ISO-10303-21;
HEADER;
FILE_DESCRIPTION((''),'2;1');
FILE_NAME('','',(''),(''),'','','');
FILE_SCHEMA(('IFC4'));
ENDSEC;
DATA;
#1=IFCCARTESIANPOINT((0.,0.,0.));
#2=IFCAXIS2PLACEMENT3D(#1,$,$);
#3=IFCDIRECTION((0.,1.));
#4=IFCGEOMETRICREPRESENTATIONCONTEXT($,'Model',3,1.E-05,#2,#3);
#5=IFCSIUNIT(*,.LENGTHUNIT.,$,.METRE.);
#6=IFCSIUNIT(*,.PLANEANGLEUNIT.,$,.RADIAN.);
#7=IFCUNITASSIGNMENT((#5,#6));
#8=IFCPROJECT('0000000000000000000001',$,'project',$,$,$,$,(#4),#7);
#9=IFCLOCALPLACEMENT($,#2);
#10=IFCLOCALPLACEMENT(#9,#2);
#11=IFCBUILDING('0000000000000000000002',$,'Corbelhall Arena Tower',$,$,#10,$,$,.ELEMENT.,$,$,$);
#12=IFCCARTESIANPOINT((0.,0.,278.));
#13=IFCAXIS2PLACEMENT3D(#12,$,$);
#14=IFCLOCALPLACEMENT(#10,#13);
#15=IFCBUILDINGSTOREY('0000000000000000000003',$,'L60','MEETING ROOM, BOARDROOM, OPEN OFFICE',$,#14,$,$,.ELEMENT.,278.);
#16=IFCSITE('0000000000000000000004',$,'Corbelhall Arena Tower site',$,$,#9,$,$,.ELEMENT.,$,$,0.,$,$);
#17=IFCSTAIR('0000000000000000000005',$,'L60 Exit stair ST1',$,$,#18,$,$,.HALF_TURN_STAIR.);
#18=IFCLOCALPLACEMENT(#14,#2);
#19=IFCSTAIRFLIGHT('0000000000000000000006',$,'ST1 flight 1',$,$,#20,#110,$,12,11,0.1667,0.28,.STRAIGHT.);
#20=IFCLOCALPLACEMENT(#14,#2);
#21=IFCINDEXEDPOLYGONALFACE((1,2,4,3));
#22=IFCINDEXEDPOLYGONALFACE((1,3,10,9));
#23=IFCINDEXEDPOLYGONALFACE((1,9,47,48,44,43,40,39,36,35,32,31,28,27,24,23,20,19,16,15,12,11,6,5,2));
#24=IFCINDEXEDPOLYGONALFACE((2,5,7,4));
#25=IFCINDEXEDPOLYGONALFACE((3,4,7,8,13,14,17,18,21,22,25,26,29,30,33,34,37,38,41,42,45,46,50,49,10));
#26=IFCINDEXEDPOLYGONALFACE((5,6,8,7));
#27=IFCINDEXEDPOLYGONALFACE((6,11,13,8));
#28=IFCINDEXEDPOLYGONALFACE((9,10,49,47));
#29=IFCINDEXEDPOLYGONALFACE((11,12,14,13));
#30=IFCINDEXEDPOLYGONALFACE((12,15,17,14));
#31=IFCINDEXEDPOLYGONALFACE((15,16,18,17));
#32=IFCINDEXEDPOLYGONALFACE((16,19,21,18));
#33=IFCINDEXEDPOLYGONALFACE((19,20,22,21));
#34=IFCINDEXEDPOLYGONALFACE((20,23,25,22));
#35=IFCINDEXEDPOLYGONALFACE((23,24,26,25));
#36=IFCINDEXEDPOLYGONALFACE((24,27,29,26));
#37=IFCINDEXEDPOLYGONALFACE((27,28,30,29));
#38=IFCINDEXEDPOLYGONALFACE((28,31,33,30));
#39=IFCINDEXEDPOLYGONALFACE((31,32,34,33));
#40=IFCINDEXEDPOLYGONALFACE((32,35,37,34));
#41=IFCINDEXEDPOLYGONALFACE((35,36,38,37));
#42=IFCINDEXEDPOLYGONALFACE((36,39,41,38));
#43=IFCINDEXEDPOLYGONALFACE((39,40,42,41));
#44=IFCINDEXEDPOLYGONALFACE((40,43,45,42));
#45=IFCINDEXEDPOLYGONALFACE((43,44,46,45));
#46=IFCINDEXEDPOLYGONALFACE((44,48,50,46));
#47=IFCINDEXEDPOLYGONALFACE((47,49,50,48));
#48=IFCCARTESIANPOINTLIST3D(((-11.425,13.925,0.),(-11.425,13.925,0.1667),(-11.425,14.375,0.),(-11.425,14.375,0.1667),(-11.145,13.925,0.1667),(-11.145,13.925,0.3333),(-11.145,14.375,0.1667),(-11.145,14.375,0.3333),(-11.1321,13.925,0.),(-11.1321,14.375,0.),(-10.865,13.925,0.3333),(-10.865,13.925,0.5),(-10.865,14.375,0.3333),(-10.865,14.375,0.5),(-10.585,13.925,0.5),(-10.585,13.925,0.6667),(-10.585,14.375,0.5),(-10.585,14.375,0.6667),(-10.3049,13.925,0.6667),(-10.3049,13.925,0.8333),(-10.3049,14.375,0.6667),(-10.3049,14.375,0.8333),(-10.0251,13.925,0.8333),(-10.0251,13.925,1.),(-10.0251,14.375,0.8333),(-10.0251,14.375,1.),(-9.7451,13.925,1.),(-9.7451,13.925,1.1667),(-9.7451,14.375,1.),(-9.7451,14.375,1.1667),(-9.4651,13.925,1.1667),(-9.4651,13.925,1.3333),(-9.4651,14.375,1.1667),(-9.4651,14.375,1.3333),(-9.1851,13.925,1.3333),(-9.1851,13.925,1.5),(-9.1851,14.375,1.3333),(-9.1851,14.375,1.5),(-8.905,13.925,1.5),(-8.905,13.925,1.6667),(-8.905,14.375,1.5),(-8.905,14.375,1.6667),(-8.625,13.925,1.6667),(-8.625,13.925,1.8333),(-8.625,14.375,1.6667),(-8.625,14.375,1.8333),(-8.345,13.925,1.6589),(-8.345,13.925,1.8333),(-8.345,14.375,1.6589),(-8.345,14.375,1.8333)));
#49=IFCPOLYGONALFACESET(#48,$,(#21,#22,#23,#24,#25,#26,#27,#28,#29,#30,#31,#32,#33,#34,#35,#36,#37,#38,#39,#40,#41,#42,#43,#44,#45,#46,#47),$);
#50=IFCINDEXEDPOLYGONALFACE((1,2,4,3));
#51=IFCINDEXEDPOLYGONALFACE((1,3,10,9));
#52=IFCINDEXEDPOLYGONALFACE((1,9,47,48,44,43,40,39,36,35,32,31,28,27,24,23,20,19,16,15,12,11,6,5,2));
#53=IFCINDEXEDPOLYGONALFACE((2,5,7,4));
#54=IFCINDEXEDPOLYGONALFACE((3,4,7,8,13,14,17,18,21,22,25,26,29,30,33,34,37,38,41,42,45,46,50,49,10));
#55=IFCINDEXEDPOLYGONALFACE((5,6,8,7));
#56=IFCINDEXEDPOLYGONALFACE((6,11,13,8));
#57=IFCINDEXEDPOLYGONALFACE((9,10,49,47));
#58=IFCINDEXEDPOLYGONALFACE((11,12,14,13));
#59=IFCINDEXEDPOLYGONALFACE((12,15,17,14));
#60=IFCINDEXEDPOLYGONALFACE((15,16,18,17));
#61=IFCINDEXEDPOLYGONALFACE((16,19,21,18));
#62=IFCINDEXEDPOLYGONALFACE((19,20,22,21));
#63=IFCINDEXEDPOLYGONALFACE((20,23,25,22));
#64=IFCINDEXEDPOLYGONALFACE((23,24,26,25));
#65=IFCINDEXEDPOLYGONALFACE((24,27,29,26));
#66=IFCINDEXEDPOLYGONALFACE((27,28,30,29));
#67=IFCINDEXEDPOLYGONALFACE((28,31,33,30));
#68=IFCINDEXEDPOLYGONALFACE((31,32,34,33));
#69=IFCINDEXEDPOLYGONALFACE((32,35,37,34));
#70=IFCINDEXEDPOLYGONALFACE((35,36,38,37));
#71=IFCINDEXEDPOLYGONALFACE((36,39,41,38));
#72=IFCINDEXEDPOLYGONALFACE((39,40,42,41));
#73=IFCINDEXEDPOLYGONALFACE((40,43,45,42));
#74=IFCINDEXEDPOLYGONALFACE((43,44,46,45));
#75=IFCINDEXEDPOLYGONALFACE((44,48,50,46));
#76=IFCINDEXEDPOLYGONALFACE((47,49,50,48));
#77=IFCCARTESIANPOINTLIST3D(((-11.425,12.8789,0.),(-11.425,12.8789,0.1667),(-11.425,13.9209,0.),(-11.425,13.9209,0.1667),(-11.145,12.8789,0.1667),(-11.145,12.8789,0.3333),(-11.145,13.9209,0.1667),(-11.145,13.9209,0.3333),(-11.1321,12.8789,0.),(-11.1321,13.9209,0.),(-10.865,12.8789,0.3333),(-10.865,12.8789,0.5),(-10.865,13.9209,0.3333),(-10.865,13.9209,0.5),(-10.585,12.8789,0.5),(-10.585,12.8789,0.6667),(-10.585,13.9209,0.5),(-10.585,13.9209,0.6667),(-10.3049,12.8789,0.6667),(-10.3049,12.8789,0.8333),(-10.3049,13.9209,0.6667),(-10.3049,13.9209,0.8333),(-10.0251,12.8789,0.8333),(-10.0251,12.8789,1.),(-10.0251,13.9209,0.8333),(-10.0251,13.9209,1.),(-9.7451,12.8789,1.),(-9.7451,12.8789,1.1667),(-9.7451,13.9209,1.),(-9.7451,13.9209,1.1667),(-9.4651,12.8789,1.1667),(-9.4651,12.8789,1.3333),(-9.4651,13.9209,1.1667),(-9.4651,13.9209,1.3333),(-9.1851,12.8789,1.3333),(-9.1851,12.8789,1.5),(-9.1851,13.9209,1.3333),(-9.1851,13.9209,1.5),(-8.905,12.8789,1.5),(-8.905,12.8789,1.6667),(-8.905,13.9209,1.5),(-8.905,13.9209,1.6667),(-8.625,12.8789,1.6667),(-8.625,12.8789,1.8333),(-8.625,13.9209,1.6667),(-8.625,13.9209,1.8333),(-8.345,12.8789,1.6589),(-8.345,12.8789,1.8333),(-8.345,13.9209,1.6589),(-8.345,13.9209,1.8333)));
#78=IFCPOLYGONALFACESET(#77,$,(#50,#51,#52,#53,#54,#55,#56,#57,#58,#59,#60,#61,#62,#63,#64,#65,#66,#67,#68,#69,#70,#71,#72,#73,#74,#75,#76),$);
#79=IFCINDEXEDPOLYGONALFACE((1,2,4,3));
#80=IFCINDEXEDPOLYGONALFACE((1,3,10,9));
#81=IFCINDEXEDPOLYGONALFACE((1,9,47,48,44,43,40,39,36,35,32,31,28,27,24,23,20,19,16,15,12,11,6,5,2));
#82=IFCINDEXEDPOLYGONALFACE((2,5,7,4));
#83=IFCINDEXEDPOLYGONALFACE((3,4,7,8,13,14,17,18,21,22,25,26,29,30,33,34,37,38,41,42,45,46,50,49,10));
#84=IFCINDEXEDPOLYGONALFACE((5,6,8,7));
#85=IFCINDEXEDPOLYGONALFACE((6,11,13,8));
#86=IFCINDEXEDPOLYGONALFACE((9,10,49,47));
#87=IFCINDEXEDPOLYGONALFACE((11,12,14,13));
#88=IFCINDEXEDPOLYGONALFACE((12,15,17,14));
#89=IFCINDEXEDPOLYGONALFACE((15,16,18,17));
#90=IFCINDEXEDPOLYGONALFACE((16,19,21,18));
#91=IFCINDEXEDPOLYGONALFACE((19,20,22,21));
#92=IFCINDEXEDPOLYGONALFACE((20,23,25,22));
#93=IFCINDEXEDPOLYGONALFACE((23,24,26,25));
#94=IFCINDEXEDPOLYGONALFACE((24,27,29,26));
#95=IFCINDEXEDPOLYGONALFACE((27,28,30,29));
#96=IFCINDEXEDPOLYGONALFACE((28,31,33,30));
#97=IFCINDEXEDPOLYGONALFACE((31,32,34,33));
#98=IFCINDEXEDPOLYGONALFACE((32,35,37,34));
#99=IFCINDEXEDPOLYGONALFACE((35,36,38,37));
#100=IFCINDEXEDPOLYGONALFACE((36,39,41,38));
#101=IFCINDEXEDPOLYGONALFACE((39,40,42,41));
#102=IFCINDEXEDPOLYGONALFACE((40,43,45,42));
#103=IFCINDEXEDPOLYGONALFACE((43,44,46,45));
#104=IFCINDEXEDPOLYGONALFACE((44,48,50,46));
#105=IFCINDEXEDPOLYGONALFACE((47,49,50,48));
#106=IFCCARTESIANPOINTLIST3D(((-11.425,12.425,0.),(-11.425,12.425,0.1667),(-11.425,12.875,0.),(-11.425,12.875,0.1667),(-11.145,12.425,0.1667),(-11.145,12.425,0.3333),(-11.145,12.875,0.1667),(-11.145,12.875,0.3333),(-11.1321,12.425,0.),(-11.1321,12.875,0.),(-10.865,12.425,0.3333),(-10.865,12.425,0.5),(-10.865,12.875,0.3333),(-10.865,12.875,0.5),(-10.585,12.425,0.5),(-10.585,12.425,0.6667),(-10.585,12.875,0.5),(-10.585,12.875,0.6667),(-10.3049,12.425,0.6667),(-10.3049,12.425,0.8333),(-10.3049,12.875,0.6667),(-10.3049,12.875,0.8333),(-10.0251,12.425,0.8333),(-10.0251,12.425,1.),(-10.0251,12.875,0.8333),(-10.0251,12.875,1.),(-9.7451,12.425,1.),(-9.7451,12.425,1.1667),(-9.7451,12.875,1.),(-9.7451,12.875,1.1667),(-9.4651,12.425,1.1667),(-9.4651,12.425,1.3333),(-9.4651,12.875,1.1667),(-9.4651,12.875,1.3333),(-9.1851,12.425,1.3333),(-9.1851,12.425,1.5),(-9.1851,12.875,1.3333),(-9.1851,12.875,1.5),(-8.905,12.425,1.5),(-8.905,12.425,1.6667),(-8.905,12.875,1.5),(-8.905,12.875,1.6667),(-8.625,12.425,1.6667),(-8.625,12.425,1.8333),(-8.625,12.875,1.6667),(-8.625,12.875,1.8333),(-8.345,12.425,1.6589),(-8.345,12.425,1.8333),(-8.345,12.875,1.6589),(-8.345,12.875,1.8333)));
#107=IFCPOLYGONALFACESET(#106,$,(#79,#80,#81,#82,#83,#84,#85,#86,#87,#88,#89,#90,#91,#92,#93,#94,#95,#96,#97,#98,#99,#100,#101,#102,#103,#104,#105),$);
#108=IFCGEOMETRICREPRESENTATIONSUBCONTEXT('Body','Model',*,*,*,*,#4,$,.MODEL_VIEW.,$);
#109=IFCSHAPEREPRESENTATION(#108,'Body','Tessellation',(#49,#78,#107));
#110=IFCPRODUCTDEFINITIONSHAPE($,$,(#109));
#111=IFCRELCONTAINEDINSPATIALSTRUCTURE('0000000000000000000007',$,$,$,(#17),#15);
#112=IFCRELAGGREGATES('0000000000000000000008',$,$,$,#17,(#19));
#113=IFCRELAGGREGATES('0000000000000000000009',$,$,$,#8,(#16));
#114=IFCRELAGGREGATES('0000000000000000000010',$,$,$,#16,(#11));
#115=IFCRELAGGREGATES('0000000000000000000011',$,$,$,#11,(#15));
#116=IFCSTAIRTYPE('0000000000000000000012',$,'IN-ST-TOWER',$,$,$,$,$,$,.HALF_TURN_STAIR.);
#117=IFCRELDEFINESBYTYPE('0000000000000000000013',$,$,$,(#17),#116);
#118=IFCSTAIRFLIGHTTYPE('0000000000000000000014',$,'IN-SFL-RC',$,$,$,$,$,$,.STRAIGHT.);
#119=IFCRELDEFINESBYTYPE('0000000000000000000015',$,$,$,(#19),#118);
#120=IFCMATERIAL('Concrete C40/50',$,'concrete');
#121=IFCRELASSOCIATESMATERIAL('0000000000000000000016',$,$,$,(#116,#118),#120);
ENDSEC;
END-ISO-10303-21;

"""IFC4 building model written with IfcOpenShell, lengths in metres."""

from ifc_helpers import new_model, si_unit, direction, frame, origin, place, context, subcontext, project, spatial, polyline, outline, extrude, material, type_object, element, aggregate, save


model = new_model("IFC4")

# Units and contexts
model_context = context("Model", 3, precision=1e-05, world=origin(), true_north=direction((0.0, 1.0)))
body_context = subcontext(model_context, "Body", "Model", "MODEL_VIEW")
ifc_project = project(units=[si_unit("LENGTHUNIT", "METRE"), si_unit("PLANEANGLEUNIT", "RADIAN")], contexts=[model_context])

# Site, building, storey
site_placement = place(None, origin())
site = spatial("IfcSite", under=ifc_project, at=site_placement, Name="Corbelhall Arena Tower site", CompositionType="ELEMENT", RefElevation=0.0)
building_placement = place(site_placement, origin())
building = spatial("IfcBuilding", under=site, at=building_placement, Name="Corbelhall Arena Tower", CompositionType="ELEMENT")
storey_placement = place(building_placement, frame((0.0, 0.0, 278.0)))
storey = spatial("IfcBuildingStorey", under=building, at=storey_placement, Name="L60", Description="MEETING ROOM, BOARDROOM, OPEN OFFICE", CompositionType="ELEMENT", Elevation=278.0)

# Shared definitions
ifc_material_1 = material(Name="Concrete C40/50", Category="concrete")

# Stair, stair flight
stair_type = type_object("IfcStairType", Name="IN-ST-TOWER", PredefinedType="HALF_TURN_STAIR", material=ifc_material_1)
stair_placement = place(storey_placement, origin())
stair = element("IfcStair", 1, at=stair_placement, inside=storey, type_object=stair_type, Name="L60 Exit stair ST1", PredefinedType="HALF_TURN_STAIR")
stair_flight_type = type_object("IfcStairFlightType", Name="IN-SFL-RC", PredefinedType="STRAIGHT", material=ifc_material_1)
stair_flight_1_placement = place(storey_placement, frame((-11.425, 13.3999, 0.0), z_axis=(0.0, 0.0, 1.0), x_axis=(1.0, 0.0, 0.0)))
stair_flight_1 = element("IfcStairFlight", 2, at=stair_flight_1_placement, type_object=stair_flight_type, Name="ST1 flight 1", NumberOfRisers=12, NumberOfTreads=11, PredefinedType="STRAIGHT", RiserHeight=0.1667, TreadLength=0.28, context=body_context, shape_type="SweptSolid", body=[
    extrude(outline(polyline([(0.0, 0.0), (0.0, 0.1667), (0.28, 0.1667), (0.28, 0.3333), (0.5601, 0.3333), (0.5601, 0.5), (0.8401, 0.5), (0.8401, 0.6667), (1.1201, 0.6667), (1.1201, 0.8333), (1.3999, 0.8333), (1.3999, 1.0), (1.6799, 1.0), (1.6799, 1.1667), (1.96, 1.1667), (1.96, 1.3333), (2.24, 1.3333), (2.24, 1.5), (2.52, 1.5), (2.52, 1.6667), (2.8, 1.6667), (2.8, 1.8333), (3.0801, 1.8333), (3.0801, 2.0), (3.0801, 1.6589), (0.293, 0.0), (0.0, 0.0)])), frame((0.0, 0.9751, 0.0), z_axis=(0.0, -1.0, 0.0), x_axis=(1.0, 0.0, 0.0)), (0.0, 0.0, 1.0), 0.45),
    extrude(outline(polyline([(0.0, 0.0), (0.0, 0.1667), (0.28, 0.1667), (0.28, 0.3333), (0.5601, 0.3333), (0.5601, 0.5), (0.8401, 0.5), (0.8401, 0.6667), (1.1201, 0.6667), (1.1201, 0.8333), (1.3999, 0.8333), (1.3999, 1.0), (1.6799, 1.0), (1.6799, 1.1667), (1.96, 1.1667), (1.96, 1.3333), (2.24, 1.3333), (2.24, 1.5), (2.52, 1.5), (2.52, 1.6667), (2.8, 1.6667), (2.8, 1.8333), (3.0801, 1.8333), (3.0801, 2.0), (3.0801, 1.6589), (0.293, 0.0), (0.0, 0.0)])), frame((0.0, 0.521, 0.0), z_axis=(0.0, -1.0, 0.0), x_axis=(1.0, 0.0, 0.0)), (0.0, 0.0, 1.0), 1.042),
    extrude(outline(polyline([(0.0, 0.0), (0.0, 0.1667), (0.28, 0.1667), (0.28, 0.3333), (0.5601, 0.3333), (0.5601, 0.5), (0.8401, 0.5), (0.8401, 0.6667), (1.1201, 0.6667), (1.1201, 0.8333), (1.3999, 0.8333), (1.3999, 1.0), (1.6799, 1.0), (1.6799, 1.1667), (1.96, 1.1667), (1.96, 1.3333), (2.24, 1.3333), (2.24, 1.5), (2.52, 1.5), (2.52, 1.6667), (2.8, 1.6667), (2.8, 1.8333), (3.0801, 1.8333), (3.0801, 2.0), (3.0801, 1.6589), (0.293, 0.0), (0.0, 0.0)])), frame((0.0, -0.5249, 0.0), z_axis=(0.0, -1.0, 0.0), x_axis=(1.0, 0.0, 0.0)), (0.0, 0.0, 1.0), 0.45),
])
aggregate(stair, [stair_flight_1])

save(model, "model.ifc")
